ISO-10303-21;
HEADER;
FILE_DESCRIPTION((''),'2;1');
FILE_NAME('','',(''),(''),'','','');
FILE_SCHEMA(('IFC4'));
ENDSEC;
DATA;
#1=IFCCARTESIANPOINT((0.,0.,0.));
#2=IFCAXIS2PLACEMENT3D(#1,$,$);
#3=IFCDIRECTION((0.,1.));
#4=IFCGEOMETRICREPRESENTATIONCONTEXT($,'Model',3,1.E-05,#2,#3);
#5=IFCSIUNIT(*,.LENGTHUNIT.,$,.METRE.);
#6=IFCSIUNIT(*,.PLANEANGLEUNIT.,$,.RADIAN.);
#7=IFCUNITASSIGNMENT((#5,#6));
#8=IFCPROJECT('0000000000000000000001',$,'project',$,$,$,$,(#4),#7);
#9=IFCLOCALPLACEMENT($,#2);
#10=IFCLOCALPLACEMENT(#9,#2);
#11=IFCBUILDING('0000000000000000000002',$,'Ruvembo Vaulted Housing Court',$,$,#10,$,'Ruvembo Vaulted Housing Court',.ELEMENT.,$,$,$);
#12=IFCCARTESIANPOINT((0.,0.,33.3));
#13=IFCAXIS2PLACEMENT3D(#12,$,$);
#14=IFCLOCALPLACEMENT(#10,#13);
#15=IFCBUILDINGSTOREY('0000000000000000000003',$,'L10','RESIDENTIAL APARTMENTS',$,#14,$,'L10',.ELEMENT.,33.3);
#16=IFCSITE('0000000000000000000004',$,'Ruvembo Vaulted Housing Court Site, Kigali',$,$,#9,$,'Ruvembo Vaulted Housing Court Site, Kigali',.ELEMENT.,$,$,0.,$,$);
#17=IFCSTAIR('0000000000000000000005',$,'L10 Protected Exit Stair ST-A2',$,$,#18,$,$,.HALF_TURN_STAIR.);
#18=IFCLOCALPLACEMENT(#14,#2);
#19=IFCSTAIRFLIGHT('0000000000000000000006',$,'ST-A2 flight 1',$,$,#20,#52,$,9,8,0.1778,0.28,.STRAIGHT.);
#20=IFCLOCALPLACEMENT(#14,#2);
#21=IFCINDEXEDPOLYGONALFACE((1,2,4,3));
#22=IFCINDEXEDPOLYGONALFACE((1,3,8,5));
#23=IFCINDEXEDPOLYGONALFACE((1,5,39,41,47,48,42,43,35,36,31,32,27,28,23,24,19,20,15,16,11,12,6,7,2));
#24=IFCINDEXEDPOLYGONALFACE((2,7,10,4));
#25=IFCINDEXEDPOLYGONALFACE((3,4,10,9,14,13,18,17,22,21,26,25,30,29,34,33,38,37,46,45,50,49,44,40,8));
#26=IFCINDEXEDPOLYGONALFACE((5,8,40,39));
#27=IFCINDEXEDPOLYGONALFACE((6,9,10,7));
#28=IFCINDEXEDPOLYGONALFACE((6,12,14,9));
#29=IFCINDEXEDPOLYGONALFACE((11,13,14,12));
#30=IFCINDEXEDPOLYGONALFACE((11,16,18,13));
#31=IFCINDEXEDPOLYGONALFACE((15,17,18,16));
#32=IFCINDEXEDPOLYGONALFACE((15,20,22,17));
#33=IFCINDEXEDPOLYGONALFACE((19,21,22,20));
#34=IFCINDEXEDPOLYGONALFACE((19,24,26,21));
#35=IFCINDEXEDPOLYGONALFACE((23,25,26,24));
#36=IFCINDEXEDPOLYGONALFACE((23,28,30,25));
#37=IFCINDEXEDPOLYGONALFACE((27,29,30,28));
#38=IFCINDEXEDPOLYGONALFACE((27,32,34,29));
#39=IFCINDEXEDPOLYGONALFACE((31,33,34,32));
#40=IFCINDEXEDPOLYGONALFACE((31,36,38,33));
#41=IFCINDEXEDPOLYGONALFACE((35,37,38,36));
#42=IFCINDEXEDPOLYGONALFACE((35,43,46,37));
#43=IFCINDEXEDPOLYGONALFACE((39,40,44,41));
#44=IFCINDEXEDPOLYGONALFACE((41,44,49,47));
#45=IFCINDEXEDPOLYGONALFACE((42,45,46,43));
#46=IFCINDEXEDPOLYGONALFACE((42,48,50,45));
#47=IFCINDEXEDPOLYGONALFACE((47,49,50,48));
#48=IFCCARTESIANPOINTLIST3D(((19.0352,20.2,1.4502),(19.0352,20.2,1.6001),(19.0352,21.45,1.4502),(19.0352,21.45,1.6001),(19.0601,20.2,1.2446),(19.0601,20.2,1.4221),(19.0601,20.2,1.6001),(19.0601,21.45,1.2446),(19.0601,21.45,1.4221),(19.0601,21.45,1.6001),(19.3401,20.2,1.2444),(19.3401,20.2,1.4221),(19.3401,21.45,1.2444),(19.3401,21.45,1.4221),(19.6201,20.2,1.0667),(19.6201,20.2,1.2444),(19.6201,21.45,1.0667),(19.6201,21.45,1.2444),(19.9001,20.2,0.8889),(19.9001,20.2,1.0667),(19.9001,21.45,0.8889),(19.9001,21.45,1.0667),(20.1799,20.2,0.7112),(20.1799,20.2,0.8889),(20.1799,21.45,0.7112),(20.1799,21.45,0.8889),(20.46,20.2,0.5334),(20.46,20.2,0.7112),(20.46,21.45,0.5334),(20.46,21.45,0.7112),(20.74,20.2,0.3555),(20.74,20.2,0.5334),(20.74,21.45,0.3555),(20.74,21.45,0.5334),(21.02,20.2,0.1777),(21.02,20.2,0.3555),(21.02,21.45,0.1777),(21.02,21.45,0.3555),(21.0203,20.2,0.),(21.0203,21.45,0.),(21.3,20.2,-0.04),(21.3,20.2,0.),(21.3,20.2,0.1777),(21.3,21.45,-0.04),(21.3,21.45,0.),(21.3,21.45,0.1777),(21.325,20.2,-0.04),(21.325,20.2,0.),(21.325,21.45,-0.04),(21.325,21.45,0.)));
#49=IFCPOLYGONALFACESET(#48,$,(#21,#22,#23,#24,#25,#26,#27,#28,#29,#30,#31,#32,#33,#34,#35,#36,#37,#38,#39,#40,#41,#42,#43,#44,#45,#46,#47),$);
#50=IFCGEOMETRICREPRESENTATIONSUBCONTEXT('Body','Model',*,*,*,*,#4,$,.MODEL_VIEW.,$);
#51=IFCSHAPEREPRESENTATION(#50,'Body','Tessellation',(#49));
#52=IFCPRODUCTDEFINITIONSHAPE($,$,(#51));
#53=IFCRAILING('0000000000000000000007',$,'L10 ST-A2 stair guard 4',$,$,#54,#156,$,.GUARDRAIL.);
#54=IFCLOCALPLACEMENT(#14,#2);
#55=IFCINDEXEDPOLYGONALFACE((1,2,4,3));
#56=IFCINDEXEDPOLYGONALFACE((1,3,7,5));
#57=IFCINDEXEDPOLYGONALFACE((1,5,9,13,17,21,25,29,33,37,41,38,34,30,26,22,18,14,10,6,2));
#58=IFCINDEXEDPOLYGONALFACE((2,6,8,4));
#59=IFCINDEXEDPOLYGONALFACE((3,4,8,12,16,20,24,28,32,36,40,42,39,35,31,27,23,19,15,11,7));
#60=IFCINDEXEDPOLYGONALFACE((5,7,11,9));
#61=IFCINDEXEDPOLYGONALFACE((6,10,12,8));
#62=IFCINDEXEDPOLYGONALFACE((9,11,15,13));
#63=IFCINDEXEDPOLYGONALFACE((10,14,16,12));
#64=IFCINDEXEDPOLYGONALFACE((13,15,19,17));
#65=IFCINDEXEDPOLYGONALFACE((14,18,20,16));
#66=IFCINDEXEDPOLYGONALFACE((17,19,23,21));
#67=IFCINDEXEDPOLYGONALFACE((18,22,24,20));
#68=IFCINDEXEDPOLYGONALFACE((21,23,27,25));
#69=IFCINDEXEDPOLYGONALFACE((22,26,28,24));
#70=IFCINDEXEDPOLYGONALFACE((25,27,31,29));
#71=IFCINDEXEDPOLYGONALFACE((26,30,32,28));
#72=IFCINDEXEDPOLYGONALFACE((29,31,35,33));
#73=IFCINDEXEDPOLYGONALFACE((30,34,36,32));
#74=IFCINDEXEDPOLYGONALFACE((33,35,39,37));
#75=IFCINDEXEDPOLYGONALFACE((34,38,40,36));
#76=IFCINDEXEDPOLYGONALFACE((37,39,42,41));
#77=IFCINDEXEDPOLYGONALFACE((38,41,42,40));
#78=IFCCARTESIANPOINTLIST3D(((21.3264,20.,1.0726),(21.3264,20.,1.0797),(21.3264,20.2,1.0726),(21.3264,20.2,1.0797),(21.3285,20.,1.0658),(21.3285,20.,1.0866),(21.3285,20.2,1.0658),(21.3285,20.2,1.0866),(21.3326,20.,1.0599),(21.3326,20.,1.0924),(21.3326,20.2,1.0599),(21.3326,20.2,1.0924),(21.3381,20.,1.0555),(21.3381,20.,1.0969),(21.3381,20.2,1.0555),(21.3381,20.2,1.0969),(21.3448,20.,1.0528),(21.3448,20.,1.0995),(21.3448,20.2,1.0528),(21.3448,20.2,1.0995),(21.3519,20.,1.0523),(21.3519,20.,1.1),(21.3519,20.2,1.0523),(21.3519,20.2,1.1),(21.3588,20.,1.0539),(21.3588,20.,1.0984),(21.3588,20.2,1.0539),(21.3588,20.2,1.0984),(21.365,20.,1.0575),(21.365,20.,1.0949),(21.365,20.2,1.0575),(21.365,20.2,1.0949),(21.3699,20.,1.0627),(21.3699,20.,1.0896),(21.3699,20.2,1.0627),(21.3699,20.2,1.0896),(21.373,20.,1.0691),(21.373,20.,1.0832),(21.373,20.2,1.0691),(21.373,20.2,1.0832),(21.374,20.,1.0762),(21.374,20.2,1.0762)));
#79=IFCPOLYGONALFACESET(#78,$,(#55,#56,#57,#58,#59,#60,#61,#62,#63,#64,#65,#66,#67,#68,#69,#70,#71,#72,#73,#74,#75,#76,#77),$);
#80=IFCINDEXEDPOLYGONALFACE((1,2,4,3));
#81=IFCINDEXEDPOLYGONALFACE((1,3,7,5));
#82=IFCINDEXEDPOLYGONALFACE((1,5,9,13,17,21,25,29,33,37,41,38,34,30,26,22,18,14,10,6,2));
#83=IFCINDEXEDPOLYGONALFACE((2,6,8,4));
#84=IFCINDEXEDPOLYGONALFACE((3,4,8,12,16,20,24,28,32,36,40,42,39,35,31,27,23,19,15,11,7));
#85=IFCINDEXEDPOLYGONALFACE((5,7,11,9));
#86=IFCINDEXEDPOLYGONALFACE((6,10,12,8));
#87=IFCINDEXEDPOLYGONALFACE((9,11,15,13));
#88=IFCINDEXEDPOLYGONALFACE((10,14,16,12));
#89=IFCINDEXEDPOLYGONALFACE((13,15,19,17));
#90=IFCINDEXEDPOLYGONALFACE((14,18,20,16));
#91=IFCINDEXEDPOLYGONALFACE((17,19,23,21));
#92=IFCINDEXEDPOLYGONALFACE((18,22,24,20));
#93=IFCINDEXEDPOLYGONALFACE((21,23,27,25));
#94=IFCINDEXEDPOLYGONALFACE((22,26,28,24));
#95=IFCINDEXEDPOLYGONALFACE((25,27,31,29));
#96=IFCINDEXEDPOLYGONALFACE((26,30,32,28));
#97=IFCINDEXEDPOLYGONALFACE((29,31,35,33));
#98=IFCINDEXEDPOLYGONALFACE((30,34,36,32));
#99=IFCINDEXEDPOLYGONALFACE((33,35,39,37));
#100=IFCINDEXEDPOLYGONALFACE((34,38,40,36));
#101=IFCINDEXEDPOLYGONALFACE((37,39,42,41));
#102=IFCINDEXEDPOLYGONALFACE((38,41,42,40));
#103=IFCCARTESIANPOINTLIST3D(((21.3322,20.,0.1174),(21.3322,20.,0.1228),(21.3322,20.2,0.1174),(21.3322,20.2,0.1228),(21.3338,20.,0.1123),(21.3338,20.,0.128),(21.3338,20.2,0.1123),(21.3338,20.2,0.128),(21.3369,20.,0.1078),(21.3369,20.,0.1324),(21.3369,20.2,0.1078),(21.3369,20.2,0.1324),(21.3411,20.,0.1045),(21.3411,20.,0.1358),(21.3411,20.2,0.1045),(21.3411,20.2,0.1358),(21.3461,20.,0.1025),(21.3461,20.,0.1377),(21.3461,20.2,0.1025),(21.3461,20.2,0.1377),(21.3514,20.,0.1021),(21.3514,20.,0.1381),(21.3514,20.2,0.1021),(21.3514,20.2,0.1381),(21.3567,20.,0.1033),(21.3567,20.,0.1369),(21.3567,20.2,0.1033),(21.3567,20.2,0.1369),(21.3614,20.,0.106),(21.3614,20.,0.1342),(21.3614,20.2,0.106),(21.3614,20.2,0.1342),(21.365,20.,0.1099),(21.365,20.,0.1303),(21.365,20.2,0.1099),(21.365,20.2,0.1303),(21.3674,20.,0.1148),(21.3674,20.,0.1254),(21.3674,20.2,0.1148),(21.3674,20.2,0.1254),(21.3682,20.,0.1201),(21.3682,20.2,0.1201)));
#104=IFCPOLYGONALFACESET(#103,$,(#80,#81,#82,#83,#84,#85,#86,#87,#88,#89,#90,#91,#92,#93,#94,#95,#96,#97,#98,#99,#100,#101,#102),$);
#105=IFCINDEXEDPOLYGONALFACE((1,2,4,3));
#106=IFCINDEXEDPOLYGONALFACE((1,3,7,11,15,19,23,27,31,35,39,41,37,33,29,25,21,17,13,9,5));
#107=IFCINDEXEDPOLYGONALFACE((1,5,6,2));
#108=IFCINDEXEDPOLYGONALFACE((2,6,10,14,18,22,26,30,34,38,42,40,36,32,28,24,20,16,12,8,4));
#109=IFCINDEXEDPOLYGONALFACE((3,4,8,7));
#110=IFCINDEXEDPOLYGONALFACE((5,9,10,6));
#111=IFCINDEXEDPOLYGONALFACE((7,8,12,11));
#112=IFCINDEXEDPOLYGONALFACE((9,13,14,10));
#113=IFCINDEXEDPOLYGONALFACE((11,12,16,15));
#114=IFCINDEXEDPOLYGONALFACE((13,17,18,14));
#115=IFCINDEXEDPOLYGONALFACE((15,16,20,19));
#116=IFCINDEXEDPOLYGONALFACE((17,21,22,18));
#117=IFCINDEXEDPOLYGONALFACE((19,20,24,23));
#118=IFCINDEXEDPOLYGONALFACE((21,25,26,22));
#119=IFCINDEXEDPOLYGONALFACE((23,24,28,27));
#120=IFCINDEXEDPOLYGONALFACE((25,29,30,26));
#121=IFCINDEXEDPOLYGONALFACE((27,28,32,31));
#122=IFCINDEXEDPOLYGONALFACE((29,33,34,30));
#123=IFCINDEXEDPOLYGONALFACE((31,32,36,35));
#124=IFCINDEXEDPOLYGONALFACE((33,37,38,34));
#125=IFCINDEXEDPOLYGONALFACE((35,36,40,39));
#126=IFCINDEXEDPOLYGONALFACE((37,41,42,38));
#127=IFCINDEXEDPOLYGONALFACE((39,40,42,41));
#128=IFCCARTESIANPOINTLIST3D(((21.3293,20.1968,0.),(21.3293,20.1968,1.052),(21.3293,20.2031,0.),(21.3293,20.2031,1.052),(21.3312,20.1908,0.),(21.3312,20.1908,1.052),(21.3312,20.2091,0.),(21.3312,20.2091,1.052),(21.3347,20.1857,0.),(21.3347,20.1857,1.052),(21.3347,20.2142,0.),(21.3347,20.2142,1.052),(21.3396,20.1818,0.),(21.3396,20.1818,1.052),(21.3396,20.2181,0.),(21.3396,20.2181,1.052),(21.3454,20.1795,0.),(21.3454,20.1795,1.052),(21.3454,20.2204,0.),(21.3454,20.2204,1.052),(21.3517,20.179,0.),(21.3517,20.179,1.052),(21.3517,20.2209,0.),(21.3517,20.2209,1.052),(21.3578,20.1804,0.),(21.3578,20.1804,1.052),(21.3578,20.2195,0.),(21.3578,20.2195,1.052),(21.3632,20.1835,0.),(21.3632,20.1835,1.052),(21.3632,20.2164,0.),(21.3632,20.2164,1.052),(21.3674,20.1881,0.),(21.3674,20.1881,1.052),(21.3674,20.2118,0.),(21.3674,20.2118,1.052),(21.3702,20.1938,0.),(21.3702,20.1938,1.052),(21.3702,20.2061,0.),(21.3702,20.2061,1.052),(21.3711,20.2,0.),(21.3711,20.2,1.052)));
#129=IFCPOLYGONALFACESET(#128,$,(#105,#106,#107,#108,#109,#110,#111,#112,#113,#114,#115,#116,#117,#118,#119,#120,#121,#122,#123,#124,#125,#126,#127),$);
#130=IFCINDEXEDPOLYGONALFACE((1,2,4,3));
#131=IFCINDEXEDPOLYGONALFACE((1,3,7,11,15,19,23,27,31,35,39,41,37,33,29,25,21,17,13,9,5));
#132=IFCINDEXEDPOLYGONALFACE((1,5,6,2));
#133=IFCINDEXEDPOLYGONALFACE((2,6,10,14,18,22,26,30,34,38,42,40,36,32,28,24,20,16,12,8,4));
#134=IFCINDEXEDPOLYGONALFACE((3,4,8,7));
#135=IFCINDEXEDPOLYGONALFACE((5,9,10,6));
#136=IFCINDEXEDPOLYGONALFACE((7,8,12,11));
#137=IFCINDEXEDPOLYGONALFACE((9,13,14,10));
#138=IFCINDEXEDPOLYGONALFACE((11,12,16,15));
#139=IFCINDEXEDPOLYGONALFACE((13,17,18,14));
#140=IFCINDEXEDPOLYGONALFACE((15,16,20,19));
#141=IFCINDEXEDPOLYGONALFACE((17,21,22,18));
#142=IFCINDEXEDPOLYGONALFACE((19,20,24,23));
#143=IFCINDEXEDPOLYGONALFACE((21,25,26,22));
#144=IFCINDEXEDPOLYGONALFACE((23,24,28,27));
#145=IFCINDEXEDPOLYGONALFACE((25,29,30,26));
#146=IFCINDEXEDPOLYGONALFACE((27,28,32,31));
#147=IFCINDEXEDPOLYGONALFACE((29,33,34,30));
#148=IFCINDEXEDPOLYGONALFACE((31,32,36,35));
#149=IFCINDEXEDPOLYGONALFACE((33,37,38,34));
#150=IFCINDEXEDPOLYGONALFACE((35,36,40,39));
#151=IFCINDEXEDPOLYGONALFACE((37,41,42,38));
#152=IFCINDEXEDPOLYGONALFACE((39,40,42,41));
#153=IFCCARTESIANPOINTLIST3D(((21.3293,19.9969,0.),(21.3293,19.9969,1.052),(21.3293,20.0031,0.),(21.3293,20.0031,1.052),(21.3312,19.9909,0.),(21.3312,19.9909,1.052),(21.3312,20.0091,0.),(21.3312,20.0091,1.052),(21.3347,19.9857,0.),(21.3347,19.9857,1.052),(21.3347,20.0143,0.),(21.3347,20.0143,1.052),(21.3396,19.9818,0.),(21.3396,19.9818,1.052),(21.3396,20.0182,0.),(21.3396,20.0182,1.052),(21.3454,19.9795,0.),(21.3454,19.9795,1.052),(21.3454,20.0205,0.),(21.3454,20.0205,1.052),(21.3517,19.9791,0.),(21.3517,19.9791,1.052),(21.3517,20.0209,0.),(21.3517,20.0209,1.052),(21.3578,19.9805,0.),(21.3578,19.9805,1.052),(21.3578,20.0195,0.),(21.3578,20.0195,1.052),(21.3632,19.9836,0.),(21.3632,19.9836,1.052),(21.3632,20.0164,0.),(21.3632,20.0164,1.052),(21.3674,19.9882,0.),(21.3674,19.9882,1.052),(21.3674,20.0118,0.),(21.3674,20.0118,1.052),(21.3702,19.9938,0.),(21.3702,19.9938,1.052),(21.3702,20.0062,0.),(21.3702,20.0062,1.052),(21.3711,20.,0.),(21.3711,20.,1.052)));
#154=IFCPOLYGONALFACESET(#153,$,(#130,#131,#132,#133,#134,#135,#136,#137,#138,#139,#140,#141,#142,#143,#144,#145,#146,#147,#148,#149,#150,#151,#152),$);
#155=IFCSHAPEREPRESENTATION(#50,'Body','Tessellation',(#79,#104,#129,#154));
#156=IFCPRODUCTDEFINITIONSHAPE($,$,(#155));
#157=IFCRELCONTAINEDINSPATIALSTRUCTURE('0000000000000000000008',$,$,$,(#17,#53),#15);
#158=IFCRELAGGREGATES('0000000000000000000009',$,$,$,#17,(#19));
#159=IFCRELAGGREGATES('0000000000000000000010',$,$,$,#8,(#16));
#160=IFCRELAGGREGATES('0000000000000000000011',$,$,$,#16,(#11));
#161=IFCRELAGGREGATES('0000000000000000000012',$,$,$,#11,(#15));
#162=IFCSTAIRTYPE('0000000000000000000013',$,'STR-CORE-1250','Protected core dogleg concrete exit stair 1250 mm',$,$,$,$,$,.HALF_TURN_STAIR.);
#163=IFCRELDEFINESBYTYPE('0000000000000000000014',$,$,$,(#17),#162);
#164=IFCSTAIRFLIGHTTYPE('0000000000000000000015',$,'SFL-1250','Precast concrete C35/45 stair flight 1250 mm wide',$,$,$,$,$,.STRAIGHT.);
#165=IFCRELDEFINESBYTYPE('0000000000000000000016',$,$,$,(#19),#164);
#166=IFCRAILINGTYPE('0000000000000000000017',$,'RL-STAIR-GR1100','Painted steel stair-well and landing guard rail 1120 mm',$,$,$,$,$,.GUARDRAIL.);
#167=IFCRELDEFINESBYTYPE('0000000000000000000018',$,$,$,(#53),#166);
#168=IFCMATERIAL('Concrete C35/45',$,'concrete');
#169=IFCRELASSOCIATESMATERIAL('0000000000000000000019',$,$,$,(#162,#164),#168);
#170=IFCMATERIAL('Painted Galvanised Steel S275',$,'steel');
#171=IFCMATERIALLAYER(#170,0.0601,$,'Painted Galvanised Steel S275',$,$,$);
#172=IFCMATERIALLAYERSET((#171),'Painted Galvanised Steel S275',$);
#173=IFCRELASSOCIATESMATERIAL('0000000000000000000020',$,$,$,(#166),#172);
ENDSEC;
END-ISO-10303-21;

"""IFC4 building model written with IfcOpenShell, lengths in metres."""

from ifc_helpers import new_model, si_unit, direction, frame, origin, origin_2d, place, context, subcontext, project, spatial, polyline, circle, outline, extrude, material, layer, layer_set, type_object, element, aggregate, save


model = new_model("IFC4")

# Units and contexts
model_context = context("Model", 3, precision=1e-05, world=origin(), true_north=direction((0.0, 1.0)))
body_context = subcontext(model_context, "Body", "Model", "MODEL_VIEW")
ifc_project = project(units=[si_unit("LENGTHUNIT", "METRE"), si_unit("PLANEANGLEUNIT", "RADIAN")], contexts=[model_context])

# Site, building, storey
site_placement = place(None, origin())
site = spatial("IfcSite", under=ifc_project, at=site_placement, Name="Ruvembo Vaulted Housing Court Site, Kigali", LongName="Ruvembo Vaulted Housing Court Site, Kigali", CompositionType="ELEMENT", RefElevation=0.0)
building_placement = place(site_placement, origin())
building = spatial("IfcBuilding", under=site, at=building_placement, Name="Ruvembo Vaulted Housing Court", LongName="Ruvembo Vaulted Housing Court", CompositionType="ELEMENT")
storey_placement = place(building_placement, frame((0.0, 0.0, 33.3)))
storey = spatial("IfcBuildingStorey", under=building, at=storey_placement, Name="L10", Description="RESIDENTIAL APARTMENTS", LongName="L10", CompositionType="ELEMENT", Elevation=33.3)

# Shared definitions
ifc_material_1 = material(Name="Concrete C35/45", Category="concrete")

# Stair, stair flight
stair_type = type_object("IfcStairType", Name="STR-CORE-1250", Description="Protected core dogleg concrete exit stair 1250 mm", PredefinedType="HALF_TURN_STAIR", material=ifc_material_1)
stair_placement = place(storey_placement, origin())
stair = element("IfcStair", 1, at=stair_placement, inside=storey, type_object=stair_type, Name="L10 Protected Exit Stair ST-A2", PredefinedType="HALF_TURN_STAIR")
stair_flight_type = type_object("IfcStairFlightType", Name="SFL-1250", Description="Precast concrete C35/45 stair flight 1250 mm wide", PredefinedType="STRAIGHT", material=ifc_material_1)
stair_flight_placement = place(storey_placement, frame((21.3, 20.825, 0.0), z_axis=(0.0, 0.0, 1.0), x_axis=(-1.0, 0.0, 0.0)))
stair_flight = element("IfcStairFlight", 2, at=stair_flight_placement, type_object=stair_flight_type, Name="ST-A2 flight 1", NumberOfRisers=9, NumberOfTreads=8, PredefinedType="STRAIGHT", RiserHeight=0.1778, TreadLength=0.28, context=body_context, shape_type="SweptSolid", body=[
    extrude(outline(polyline([(-0.0249, -0.04), (-0.0249, 0.0), (0.0, 0.0), (0.0, 0.1777), (0.28, 0.1777), (0.28, 0.3555), (0.5601, 0.3555), (0.5601, 0.5334), (0.8401, 0.5334), (0.8401, 0.7112), (1.1201, 0.7112), (1.1201, 0.8889), (1.3999, 0.8889), (1.3999, 1.0667), (1.6799, 1.0667), (1.6799, 1.2444), (1.96, 1.2444), (1.96, 1.4221), (2.24, 1.4221), (2.24, 1.6001), (2.2649, 1.6001), (2.2649, 1.4502), (2.24, 1.2446), (0.2798, 0.0), (0.0, -0.04), (-0.0249, -0.04)])), frame((0.0, 0.625, 0.0), z_axis=(0.0, -1.0, 0.0), x_axis=(1.0, 0.0, 0.0)), (0.0, 0.0, 1.0), 1.25),
])
aggregate(stair, [stair_flight])

# Railing
ifc_material_2 = material(Name="Painted Galvanised Steel S275", Category="steel")
ifc_layer_1 = layer(ifc_material_2, 0.0601, Name="Painted Galvanised Steel S275")
ifc_layer_set_1 = layer_set([ifc_layer_1], Name="Painted Galvanised Steel S275")
railing_type_1 = type_object("IfcRailingType", Name="RL-STAIR-GR1100", Description="Painted steel stair-well and landing guard rail 1120 mm", PredefinedType="GUARDRAIL", material=ifc_layer_set_1)
railing_1_placement = place(storey_placement, frame((21.3501, 20.2, 0.0)))
element("IfcRailing", 3, at=railing_1_placement, inside=storey, type_object=railing_type_1, Name="L10 ST-A2 stair guard 4", PredefinedType="GUARDRAIL", context=body_context, shape_type="SweptSolid", body=[
    extrude(circle(Radius=0.0239, at=origin_2d()), frame((0.0, 0.0, 1.0762), z_axis=(0.0, -1.0, 0.0), x_axis=(1.0, 0.0, 0.0)), (0.0, 0.0, 1.0), 0.2),
    extrude(circle(Radius=0.0181, at=origin_2d()), frame((0.0, 0.0, 0.1201), z_axis=(0.0, -1.0, 0.0), x_axis=(1.0, 0.0, 0.0)), (0.0, 0.0, 1.0), 0.2),
    extrude(circle(Radius=0.021, at=origin_2d()), origin(), (0.0, 0.0, 1.0), 1.052),
    extrude(circle(Radius=0.021, at=origin_2d()), frame((0.0, -0.2, 0.0)), (0.0, 0.0, 1.0), 1.052),
])

save(model, "model.ifc")
